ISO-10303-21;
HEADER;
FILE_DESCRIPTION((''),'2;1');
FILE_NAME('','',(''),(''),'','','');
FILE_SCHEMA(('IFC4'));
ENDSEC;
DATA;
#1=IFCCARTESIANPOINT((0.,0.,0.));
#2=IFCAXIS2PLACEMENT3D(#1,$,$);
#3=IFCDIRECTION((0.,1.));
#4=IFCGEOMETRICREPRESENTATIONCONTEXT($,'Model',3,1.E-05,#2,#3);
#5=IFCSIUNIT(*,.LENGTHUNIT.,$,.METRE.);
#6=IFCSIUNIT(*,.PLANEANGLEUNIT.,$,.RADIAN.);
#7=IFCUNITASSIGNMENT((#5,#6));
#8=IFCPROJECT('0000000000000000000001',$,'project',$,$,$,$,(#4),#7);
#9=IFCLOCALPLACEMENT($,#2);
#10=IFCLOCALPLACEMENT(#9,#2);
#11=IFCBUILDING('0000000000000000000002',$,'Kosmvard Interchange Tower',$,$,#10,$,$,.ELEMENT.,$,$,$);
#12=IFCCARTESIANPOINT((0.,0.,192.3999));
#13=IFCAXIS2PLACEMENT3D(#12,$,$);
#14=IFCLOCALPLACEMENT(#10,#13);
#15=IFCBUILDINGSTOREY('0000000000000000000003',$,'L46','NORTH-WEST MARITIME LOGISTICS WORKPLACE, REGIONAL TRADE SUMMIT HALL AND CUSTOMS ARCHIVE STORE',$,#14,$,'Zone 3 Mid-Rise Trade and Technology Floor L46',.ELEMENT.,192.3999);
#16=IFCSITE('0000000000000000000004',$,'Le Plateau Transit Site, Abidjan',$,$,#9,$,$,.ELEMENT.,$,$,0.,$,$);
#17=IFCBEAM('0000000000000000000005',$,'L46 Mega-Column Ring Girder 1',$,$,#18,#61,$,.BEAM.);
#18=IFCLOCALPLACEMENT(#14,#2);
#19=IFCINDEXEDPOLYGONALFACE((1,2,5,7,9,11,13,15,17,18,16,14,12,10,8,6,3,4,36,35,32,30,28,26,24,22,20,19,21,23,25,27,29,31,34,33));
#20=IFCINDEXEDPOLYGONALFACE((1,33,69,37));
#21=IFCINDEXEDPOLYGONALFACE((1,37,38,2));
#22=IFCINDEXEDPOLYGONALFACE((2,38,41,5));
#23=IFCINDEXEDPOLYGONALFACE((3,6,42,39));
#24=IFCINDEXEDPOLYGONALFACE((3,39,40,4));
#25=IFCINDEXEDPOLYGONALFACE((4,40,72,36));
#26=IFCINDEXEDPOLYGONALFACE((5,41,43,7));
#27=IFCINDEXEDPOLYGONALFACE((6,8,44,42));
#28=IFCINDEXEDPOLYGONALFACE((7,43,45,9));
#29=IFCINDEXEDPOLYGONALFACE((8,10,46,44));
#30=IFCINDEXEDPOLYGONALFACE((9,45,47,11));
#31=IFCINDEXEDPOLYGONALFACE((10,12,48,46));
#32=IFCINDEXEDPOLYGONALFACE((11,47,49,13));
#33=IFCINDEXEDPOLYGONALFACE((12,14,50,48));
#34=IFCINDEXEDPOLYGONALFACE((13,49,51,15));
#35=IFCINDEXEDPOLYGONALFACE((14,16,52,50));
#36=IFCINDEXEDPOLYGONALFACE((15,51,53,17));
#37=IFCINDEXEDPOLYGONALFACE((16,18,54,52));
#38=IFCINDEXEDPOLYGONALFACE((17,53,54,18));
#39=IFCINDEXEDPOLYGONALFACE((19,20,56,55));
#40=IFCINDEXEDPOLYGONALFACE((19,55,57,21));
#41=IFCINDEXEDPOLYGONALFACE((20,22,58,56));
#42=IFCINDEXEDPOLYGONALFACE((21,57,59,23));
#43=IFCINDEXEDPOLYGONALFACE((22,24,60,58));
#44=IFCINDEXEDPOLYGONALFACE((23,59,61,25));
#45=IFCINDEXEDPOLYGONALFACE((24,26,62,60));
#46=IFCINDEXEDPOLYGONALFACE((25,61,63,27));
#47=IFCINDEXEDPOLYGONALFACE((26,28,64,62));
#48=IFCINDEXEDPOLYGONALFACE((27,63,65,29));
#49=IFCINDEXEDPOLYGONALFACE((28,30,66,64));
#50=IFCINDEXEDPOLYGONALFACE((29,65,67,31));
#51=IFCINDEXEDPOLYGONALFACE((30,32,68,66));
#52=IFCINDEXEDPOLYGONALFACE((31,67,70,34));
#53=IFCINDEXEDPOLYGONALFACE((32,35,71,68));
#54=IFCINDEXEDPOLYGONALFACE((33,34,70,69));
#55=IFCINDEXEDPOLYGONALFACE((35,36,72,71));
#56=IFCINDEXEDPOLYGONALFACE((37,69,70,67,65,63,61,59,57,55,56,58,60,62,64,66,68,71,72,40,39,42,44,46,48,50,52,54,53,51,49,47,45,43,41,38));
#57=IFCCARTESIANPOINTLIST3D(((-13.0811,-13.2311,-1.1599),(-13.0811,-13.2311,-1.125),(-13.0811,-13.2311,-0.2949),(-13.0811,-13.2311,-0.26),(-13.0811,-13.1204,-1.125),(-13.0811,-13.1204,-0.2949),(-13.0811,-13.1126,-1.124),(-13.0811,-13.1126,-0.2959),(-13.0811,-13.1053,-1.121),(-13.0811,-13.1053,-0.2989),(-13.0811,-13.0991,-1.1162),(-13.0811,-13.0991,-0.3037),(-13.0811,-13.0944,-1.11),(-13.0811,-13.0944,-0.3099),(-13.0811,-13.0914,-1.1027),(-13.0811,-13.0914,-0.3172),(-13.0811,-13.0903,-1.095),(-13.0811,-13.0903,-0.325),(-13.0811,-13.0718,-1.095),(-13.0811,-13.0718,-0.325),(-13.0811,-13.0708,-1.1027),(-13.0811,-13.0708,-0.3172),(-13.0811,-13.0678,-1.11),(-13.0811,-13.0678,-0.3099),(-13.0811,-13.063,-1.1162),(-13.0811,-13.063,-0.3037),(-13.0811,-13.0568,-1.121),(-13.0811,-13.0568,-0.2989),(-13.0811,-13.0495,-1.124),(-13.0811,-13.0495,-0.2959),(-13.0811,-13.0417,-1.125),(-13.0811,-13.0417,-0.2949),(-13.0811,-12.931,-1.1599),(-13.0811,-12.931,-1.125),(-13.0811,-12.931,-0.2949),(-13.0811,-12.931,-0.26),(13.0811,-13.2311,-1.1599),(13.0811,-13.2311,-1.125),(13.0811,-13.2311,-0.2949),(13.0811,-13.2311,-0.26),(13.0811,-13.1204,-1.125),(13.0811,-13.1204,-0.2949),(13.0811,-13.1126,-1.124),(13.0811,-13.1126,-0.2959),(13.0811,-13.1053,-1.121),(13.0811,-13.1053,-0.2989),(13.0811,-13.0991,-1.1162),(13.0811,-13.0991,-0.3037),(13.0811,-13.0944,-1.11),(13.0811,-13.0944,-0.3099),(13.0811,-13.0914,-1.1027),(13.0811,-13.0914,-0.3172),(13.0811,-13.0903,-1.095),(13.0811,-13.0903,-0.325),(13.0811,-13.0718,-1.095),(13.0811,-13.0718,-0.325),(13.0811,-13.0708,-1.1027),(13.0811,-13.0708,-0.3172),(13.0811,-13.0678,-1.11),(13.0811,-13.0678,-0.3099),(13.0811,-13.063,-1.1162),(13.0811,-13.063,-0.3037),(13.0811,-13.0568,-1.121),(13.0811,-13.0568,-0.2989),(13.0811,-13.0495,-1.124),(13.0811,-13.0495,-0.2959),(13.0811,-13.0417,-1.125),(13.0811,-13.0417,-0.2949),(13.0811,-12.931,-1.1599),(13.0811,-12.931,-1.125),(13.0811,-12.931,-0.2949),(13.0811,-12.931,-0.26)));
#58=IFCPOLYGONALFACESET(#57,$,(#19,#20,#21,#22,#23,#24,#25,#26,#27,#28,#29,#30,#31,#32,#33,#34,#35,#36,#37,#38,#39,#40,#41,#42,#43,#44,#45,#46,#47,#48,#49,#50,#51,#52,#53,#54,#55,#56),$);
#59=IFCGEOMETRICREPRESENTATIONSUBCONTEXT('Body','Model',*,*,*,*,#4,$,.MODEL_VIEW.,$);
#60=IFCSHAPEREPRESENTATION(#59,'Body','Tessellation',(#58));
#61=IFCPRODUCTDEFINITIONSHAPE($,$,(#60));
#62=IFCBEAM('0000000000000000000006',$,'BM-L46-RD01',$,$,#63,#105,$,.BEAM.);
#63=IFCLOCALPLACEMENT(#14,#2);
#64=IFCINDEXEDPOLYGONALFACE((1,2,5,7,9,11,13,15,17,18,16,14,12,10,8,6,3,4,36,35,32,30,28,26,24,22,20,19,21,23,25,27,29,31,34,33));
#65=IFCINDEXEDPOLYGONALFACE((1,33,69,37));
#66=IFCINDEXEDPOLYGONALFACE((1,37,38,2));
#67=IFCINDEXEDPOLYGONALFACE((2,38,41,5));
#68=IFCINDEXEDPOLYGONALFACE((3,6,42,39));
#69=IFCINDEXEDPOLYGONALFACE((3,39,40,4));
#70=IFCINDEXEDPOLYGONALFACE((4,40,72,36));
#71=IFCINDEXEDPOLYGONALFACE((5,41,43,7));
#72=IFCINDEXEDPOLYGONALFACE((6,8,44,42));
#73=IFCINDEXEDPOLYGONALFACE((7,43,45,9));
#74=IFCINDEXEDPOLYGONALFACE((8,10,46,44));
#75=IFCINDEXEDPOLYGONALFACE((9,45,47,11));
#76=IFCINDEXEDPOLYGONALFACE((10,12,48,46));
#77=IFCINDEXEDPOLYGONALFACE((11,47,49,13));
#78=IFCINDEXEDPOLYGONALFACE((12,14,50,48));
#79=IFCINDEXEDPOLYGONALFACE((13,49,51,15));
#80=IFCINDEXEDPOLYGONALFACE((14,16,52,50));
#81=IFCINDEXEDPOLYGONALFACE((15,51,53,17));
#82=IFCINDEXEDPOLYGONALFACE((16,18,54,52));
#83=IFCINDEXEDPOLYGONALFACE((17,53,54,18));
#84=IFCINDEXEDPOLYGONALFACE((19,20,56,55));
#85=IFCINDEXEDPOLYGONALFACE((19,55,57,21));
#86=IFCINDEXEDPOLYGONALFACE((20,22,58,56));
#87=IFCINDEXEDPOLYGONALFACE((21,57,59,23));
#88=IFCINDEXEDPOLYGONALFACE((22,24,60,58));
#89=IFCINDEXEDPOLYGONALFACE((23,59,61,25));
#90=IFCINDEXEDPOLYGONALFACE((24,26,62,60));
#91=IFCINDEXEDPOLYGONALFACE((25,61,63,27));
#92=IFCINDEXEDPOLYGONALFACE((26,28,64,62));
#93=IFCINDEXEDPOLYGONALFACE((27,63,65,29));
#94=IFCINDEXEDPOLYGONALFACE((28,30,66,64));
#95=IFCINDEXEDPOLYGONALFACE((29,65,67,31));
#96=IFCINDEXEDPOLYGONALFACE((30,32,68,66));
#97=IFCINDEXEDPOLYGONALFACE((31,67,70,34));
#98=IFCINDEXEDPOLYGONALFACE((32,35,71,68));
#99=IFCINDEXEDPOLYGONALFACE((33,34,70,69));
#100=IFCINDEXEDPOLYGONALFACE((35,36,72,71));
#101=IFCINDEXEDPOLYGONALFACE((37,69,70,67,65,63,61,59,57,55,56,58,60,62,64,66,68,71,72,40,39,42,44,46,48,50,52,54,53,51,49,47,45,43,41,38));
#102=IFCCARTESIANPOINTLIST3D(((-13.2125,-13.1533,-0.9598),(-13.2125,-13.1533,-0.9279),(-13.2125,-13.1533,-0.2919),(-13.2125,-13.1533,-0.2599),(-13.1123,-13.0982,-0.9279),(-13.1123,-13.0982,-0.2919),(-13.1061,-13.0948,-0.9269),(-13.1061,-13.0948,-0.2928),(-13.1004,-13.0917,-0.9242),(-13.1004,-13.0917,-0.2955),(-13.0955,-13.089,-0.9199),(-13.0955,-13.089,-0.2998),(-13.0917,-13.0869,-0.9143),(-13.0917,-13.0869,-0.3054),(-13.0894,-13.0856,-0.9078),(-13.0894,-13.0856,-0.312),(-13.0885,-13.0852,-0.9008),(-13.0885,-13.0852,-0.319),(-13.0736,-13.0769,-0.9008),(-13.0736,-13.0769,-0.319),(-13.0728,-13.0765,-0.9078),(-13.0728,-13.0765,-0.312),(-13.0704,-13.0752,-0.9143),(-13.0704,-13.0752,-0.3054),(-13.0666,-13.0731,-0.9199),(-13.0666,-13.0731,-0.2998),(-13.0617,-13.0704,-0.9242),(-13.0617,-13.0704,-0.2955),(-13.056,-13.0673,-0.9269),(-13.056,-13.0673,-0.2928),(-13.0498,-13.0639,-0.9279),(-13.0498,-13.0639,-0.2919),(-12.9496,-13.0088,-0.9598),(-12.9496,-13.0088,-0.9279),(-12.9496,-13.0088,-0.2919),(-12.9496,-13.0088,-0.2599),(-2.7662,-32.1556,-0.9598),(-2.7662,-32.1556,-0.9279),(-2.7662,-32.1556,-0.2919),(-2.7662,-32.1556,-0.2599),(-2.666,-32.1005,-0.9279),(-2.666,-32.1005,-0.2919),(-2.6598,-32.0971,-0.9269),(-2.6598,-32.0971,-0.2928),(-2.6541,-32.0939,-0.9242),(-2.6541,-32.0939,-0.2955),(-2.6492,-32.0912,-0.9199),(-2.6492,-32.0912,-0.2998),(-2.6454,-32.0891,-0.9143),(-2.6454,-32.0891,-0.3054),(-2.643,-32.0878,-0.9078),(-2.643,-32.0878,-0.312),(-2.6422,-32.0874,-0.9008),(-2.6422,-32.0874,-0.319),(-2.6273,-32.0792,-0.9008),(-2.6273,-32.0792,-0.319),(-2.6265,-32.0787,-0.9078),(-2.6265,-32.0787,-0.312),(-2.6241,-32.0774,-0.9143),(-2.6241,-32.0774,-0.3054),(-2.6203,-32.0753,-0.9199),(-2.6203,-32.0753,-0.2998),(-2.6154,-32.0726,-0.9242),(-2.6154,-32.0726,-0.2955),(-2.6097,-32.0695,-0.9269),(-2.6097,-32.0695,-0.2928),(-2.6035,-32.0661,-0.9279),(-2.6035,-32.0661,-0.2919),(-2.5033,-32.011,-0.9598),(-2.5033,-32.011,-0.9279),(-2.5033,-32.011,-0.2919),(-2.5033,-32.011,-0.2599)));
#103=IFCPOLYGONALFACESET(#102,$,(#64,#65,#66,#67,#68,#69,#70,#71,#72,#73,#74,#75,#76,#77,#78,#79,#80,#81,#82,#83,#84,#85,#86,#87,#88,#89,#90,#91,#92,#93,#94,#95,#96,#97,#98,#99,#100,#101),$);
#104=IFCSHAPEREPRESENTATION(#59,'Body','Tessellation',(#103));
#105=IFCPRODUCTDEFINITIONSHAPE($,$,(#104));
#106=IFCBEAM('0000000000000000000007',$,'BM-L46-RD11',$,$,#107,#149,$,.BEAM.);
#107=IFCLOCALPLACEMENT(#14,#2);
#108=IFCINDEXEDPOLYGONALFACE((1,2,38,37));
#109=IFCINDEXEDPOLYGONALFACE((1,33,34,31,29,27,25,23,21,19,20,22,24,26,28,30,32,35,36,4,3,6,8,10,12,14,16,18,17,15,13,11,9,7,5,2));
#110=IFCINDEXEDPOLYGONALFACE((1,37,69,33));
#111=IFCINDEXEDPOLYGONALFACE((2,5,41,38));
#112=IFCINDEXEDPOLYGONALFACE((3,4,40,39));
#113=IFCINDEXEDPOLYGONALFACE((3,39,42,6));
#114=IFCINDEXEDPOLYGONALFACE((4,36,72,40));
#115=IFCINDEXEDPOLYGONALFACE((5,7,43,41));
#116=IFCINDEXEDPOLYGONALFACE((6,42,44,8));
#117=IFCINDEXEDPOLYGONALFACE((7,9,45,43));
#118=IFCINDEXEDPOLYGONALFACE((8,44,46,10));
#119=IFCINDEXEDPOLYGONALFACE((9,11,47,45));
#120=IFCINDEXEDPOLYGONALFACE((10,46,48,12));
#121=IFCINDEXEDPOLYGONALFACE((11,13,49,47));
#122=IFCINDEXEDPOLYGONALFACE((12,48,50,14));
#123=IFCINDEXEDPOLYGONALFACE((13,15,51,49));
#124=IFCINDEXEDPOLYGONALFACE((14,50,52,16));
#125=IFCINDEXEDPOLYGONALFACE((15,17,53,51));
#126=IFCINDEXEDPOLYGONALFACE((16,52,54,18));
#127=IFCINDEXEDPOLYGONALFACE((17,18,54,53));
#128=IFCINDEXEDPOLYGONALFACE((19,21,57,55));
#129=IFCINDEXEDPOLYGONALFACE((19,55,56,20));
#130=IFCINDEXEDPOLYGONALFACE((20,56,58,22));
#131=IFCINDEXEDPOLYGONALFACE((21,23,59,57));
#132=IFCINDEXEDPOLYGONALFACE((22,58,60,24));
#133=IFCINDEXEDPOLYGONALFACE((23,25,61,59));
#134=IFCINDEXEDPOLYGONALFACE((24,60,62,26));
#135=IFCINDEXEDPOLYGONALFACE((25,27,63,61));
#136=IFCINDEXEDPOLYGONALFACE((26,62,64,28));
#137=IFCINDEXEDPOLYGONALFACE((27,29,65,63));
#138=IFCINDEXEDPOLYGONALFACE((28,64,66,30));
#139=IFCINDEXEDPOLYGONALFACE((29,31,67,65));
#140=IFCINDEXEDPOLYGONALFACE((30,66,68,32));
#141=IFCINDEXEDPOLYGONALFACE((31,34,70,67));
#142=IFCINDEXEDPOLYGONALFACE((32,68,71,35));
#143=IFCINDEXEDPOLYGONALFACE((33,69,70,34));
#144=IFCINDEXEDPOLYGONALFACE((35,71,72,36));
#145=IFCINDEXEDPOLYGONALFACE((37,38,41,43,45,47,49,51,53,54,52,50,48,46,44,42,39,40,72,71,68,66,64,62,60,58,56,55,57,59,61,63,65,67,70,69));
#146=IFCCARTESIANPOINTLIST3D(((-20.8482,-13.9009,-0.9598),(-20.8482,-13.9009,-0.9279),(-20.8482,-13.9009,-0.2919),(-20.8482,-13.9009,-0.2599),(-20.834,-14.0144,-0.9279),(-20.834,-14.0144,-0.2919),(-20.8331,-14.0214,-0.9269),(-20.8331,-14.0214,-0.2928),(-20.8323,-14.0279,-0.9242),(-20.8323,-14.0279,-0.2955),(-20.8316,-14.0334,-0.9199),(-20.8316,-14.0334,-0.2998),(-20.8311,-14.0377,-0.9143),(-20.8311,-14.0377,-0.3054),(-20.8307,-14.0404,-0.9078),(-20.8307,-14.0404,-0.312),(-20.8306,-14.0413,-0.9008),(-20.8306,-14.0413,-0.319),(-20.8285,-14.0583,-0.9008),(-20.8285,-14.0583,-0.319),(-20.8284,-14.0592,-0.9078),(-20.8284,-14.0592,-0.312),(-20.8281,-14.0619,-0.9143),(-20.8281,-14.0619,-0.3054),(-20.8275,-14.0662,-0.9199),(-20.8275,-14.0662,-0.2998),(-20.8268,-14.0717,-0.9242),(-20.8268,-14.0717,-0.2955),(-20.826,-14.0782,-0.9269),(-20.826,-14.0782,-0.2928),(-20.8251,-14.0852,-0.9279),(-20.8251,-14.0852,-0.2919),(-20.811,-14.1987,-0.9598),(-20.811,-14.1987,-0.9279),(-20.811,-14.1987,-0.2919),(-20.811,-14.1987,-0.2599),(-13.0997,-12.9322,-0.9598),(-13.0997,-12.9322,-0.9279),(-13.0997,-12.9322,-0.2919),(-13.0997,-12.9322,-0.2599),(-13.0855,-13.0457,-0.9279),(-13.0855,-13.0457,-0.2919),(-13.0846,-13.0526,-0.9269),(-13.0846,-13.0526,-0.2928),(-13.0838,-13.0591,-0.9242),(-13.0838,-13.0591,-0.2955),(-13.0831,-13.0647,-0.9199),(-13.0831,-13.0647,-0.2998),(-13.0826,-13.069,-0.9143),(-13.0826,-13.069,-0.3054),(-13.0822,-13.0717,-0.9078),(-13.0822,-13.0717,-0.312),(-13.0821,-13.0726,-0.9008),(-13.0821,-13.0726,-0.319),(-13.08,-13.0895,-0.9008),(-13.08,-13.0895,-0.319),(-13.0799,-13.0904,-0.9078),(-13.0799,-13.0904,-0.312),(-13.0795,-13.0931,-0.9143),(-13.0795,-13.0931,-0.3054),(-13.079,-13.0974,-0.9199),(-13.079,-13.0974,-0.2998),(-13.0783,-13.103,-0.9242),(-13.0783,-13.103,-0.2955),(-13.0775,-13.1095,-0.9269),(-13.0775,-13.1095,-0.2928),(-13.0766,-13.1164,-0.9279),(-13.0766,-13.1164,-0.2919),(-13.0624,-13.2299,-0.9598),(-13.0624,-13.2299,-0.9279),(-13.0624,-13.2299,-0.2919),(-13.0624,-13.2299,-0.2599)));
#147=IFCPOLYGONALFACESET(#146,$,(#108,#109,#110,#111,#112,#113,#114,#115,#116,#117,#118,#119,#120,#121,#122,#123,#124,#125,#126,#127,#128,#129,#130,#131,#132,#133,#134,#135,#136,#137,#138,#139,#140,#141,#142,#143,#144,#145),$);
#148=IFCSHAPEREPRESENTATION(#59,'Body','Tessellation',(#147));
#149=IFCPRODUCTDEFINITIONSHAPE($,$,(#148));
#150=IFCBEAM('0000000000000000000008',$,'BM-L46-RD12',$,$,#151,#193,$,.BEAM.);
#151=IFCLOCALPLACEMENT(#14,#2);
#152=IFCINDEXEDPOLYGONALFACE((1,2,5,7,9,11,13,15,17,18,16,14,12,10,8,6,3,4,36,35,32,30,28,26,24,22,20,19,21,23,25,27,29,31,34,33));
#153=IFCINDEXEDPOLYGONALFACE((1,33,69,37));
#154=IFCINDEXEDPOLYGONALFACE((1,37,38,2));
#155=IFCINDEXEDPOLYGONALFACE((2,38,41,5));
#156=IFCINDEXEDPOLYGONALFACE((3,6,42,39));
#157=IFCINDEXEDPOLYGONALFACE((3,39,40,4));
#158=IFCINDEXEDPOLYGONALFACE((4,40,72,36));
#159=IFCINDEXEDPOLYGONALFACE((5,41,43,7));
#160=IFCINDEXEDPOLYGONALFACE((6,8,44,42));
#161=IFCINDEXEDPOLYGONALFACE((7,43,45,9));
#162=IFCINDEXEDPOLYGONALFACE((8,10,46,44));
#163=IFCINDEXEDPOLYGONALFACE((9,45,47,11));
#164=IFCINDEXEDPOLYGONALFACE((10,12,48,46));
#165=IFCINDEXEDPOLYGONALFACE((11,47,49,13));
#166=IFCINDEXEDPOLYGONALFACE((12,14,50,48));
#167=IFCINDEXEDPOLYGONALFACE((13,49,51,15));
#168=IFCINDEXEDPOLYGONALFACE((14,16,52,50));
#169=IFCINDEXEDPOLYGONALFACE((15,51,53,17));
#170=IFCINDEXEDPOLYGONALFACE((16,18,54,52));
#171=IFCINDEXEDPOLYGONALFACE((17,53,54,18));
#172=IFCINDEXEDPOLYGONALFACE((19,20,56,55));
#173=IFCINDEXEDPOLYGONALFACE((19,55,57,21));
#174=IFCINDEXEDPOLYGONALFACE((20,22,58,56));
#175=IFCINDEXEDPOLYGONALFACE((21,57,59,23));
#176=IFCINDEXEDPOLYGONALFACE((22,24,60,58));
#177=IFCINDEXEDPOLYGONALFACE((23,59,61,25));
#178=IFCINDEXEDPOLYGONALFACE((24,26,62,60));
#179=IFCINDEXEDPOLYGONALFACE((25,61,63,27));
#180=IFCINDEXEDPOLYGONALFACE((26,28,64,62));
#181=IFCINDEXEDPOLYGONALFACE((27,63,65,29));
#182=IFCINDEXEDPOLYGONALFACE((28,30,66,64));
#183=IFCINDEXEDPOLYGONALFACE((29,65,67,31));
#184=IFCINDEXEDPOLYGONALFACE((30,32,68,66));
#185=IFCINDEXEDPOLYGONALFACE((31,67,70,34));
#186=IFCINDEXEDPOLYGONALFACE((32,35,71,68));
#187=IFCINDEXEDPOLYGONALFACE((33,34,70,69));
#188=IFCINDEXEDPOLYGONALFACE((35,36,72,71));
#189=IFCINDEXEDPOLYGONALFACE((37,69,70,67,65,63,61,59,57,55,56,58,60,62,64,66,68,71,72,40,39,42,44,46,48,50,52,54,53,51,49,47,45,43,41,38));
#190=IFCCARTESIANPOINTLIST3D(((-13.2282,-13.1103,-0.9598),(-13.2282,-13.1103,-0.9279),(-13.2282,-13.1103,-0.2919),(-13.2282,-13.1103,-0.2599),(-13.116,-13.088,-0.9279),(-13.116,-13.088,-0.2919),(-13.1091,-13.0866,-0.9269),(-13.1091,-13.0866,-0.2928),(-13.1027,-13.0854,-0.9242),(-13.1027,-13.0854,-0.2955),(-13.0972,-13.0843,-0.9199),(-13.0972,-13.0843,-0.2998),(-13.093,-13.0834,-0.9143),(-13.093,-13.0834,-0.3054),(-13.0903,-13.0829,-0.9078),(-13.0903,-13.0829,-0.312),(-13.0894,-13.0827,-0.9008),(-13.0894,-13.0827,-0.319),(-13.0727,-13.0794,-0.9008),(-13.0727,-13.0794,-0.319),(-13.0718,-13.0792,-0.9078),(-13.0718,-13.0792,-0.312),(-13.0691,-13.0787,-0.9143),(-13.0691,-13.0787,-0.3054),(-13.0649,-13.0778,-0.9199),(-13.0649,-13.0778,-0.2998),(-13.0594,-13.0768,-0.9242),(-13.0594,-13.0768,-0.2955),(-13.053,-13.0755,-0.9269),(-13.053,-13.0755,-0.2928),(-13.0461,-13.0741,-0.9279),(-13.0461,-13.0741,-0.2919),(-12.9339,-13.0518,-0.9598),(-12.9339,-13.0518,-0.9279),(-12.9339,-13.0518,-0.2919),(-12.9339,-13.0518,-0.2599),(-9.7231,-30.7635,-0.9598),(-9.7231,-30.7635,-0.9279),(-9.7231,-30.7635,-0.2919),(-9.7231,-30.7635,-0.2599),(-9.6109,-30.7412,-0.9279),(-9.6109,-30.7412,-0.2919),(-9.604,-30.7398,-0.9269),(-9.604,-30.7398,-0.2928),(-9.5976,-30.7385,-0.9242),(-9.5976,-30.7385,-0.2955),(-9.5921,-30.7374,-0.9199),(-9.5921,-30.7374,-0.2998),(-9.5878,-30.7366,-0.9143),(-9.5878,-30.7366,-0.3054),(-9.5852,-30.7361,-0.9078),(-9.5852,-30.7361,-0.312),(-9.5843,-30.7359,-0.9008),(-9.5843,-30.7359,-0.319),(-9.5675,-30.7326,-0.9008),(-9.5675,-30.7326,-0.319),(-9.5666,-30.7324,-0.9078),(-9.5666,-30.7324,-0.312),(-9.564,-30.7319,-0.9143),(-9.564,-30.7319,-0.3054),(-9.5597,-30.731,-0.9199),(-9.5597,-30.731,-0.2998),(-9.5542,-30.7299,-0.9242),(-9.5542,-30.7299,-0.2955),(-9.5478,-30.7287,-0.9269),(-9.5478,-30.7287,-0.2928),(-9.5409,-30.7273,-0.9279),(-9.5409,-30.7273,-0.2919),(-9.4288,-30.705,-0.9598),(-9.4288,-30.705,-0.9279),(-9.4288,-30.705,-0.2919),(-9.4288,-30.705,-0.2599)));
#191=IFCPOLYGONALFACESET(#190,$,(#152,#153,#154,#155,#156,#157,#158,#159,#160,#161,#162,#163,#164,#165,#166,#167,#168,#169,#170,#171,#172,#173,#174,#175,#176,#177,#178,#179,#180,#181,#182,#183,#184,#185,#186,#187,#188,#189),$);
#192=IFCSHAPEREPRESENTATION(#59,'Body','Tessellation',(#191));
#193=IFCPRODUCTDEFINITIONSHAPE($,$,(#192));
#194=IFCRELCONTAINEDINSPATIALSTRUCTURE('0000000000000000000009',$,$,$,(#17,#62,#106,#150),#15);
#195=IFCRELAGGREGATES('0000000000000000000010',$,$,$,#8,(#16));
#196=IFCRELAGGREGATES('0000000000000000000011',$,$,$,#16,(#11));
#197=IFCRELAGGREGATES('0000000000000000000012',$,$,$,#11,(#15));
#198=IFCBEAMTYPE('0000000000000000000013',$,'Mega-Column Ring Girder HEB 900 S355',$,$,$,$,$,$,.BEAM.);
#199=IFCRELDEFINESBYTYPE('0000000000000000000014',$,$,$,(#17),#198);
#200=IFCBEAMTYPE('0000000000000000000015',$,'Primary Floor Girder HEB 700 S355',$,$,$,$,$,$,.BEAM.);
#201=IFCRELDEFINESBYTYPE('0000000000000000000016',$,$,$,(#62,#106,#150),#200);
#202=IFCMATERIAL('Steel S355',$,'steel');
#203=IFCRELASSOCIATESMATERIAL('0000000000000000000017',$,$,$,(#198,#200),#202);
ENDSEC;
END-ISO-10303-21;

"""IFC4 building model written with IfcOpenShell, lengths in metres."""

from ifc_helpers import new_model, si_unit, direction, frame, origin, origin_2d, place, context, subcontext, project, spatial, i_section, extrude, source, transform, mapped, material, material_profile, profile_set, type_object, element, save


model = new_model("IFC4")

# Units and contexts
model_context = context("Model", 3, precision=1e-05, world=origin(), true_north=direction((0.0, 1.0)))
body_context = subcontext(model_context, "Body", "Model", "MODEL_VIEW")
ifc_project = project(units=[si_unit("LENGTHUNIT", "METRE"), si_unit("PLANEANGLEUNIT", "RADIAN")], contexts=[model_context])

# Site, building, storey
site_placement = place(None, origin())
site = spatial("IfcSite", under=ifc_project, at=site_placement, Name="Le Plateau Transit Site, Abidjan", CompositionType="ELEMENT", RefElevation=0.0)
building_placement = place(site_placement, origin())
building = spatial("IfcBuilding", under=site, at=building_placement, Name="Kosmvard Interchange Tower", CompositionType="ELEMENT")
storey_placement = place(building_placement, frame((0.0, 0.0, 192.3999)))
storey = spatial("IfcBuildingStorey", under=building, at=storey_placement, Name="L46", Description="NORTH-WEST MARITIME LOGISTICS WORKPLACE, REGIONAL TRADE SUMMIT HALL AND CUSTOMS ARCHIVE STORE", LongName="Zone 3 Mid-Rise Trade and Technology Floor L46", CompositionType="ELEMENT", Elevation=192.3999)

# Beams
ifc_material_1 = material(Name="Steel S355", Category="steel")
ifc_material_profile_1 = material_profile(ifc_material_1, i_section(OverallWidth=0.3, OverallDepth=0.8999, WebThickness=0.0186, FlangeThickness=0.0349, FilletRadius=0.03, at=origin_2d()), Name="HEB 900")
ifc_profile_set_1 = profile_set([ifc_material_profile_1], Name="Steel S355")
beam_type_1 = type_object("IfcBeamType", Name="Mega-Column Ring Girder HEB 900 S355", PredefinedType="BEAM", material=ifc_profile_set_1)
shared_shape_1 = source(origin(), body_context, "Body", "SweptSolid", [
    extrude(i_section(OverallWidth=0.3, OverallDepth=0.8999, WebThickness=0.0186, FlangeThickness=0.0349, FilletRadius=0.03, at=origin_2d()), origin(), (0.0, 0.0, 1.0), 26.1621),
])
beam_1_placement = place(storey_placement, frame((-13.0811, -13.0811, -0.71), z_axis=(1.0, 0.0, 0.0), x_axis=(0.0, 1.0, 0.0)))
element("IfcBeam", 1, at=beam_1_placement, inside=storey, type_object=beam_type_1, Name="L46 Mega-Column Ring Girder 1", PredefinedType="BEAM", context=body_context, shape_type="MappedRepresentation", body=[
    mapped(shared_shape_1, transform((0.0, 0.0, 0.0), scale=1.0)),
])
ifc_material_profile_2 = material_profile(ifc_material_1, i_section(OverallWidth=0.3, OverallDepth=0.7, WebThickness=0.0171, FlangeThickness=0.032, FilletRadius=0.0271, at=origin_2d()), Name="HEB 700")
ifc_profile_set_2 = profile_set([ifc_material_profile_2], Name="Steel S355")
beam_type_2 = type_object("IfcBeamType", Name="Primary Floor Girder HEB 700 S355", PredefinedType="BEAM", material=ifc_profile_set_2)
shared_shape_2 = source(origin(), body_context, "Body", "SweptSolid", [
    extrude(i_section(OverallWidth=0.3, OverallDepth=0.7, WebThickness=0.0171, FlangeThickness=0.032, FilletRadius=0.0271, at=origin_2d()), origin(), (0.0, 0.0, 1.0), 21.6843),
])
beam_2_placement = place(storey_placement, frame((-13.0811, -13.0811, -0.6099), z_axis=(0.481745, -0.876312, 0.0), x_axis=(0.876312, 0.481745, 0.0)))
element("IfcBeam", 2, at=beam_2_placement, inside=storey, type_object=beam_type_2, Name="BM-L46-RD01", PredefinedType="BEAM", context=body_context, shape_type="MappedRepresentation", body=[
    mapped(shared_shape_2, transform((0.0, 0.0, 0.0), scale=1.0)),
])
shared_shape_3 = source(origin(), body_context, "Body", "SweptSolid", [
    extrude(i_section(OverallWidth=0.3, OverallDepth=0.7, WebThickness=0.0171, FlangeThickness=0.032, FilletRadius=0.0271, at=origin_2d()), origin(), (0.0, 0.0, 1.0), 7.8088),
])
beam_3_placement = place(storey_placement, frame((-13.0811, -13.0811, -0.6099), z_axis=(-0.992275, -0.124058, 0.0), x_axis=(0.124058, -0.992275, 0.0)))
element("IfcBeam", 3, at=beam_3_placement, inside=storey, type_object=beam_type_2, Name="BM-L46-RD11", PredefinedType="BEAM", context=body_context, shape_type="MappedRepresentation", body=[
    mapped(shared_shape_3, transform((0.0, 0.0, 0.0), scale=1.0)),
])
shared_shape_4 = source(origin(), body_context, "Body", "SweptSolid", [
    extrude(i_section(OverallWidth=0.3, OverallDepth=0.7, WebThickness=0.0171, FlangeThickness=0.032, FilletRadius=0.0271, at=origin_2d()), origin(), (0.0, 0.0, 1.0), 17.9978),
])
beam_4_placement = place(storey_placement, frame((-13.0811, -13.0811, -0.6099), z_axis=(0.194754, -0.980852, 0.0), x_axis=(0.980852, 0.194754, 0.0)))
element("IfcBeam", 4, at=beam_4_placement, inside=storey, type_object=beam_type_2, Name="BM-L46-RD12", PredefinedType="BEAM", context=body_context, shape_type="MappedRepresentation", body=[
    mapped(shared_shape_4, transform((0.0, 0.0, 0.0), scale=1.0)),
])

save(model, "model.ifc")
